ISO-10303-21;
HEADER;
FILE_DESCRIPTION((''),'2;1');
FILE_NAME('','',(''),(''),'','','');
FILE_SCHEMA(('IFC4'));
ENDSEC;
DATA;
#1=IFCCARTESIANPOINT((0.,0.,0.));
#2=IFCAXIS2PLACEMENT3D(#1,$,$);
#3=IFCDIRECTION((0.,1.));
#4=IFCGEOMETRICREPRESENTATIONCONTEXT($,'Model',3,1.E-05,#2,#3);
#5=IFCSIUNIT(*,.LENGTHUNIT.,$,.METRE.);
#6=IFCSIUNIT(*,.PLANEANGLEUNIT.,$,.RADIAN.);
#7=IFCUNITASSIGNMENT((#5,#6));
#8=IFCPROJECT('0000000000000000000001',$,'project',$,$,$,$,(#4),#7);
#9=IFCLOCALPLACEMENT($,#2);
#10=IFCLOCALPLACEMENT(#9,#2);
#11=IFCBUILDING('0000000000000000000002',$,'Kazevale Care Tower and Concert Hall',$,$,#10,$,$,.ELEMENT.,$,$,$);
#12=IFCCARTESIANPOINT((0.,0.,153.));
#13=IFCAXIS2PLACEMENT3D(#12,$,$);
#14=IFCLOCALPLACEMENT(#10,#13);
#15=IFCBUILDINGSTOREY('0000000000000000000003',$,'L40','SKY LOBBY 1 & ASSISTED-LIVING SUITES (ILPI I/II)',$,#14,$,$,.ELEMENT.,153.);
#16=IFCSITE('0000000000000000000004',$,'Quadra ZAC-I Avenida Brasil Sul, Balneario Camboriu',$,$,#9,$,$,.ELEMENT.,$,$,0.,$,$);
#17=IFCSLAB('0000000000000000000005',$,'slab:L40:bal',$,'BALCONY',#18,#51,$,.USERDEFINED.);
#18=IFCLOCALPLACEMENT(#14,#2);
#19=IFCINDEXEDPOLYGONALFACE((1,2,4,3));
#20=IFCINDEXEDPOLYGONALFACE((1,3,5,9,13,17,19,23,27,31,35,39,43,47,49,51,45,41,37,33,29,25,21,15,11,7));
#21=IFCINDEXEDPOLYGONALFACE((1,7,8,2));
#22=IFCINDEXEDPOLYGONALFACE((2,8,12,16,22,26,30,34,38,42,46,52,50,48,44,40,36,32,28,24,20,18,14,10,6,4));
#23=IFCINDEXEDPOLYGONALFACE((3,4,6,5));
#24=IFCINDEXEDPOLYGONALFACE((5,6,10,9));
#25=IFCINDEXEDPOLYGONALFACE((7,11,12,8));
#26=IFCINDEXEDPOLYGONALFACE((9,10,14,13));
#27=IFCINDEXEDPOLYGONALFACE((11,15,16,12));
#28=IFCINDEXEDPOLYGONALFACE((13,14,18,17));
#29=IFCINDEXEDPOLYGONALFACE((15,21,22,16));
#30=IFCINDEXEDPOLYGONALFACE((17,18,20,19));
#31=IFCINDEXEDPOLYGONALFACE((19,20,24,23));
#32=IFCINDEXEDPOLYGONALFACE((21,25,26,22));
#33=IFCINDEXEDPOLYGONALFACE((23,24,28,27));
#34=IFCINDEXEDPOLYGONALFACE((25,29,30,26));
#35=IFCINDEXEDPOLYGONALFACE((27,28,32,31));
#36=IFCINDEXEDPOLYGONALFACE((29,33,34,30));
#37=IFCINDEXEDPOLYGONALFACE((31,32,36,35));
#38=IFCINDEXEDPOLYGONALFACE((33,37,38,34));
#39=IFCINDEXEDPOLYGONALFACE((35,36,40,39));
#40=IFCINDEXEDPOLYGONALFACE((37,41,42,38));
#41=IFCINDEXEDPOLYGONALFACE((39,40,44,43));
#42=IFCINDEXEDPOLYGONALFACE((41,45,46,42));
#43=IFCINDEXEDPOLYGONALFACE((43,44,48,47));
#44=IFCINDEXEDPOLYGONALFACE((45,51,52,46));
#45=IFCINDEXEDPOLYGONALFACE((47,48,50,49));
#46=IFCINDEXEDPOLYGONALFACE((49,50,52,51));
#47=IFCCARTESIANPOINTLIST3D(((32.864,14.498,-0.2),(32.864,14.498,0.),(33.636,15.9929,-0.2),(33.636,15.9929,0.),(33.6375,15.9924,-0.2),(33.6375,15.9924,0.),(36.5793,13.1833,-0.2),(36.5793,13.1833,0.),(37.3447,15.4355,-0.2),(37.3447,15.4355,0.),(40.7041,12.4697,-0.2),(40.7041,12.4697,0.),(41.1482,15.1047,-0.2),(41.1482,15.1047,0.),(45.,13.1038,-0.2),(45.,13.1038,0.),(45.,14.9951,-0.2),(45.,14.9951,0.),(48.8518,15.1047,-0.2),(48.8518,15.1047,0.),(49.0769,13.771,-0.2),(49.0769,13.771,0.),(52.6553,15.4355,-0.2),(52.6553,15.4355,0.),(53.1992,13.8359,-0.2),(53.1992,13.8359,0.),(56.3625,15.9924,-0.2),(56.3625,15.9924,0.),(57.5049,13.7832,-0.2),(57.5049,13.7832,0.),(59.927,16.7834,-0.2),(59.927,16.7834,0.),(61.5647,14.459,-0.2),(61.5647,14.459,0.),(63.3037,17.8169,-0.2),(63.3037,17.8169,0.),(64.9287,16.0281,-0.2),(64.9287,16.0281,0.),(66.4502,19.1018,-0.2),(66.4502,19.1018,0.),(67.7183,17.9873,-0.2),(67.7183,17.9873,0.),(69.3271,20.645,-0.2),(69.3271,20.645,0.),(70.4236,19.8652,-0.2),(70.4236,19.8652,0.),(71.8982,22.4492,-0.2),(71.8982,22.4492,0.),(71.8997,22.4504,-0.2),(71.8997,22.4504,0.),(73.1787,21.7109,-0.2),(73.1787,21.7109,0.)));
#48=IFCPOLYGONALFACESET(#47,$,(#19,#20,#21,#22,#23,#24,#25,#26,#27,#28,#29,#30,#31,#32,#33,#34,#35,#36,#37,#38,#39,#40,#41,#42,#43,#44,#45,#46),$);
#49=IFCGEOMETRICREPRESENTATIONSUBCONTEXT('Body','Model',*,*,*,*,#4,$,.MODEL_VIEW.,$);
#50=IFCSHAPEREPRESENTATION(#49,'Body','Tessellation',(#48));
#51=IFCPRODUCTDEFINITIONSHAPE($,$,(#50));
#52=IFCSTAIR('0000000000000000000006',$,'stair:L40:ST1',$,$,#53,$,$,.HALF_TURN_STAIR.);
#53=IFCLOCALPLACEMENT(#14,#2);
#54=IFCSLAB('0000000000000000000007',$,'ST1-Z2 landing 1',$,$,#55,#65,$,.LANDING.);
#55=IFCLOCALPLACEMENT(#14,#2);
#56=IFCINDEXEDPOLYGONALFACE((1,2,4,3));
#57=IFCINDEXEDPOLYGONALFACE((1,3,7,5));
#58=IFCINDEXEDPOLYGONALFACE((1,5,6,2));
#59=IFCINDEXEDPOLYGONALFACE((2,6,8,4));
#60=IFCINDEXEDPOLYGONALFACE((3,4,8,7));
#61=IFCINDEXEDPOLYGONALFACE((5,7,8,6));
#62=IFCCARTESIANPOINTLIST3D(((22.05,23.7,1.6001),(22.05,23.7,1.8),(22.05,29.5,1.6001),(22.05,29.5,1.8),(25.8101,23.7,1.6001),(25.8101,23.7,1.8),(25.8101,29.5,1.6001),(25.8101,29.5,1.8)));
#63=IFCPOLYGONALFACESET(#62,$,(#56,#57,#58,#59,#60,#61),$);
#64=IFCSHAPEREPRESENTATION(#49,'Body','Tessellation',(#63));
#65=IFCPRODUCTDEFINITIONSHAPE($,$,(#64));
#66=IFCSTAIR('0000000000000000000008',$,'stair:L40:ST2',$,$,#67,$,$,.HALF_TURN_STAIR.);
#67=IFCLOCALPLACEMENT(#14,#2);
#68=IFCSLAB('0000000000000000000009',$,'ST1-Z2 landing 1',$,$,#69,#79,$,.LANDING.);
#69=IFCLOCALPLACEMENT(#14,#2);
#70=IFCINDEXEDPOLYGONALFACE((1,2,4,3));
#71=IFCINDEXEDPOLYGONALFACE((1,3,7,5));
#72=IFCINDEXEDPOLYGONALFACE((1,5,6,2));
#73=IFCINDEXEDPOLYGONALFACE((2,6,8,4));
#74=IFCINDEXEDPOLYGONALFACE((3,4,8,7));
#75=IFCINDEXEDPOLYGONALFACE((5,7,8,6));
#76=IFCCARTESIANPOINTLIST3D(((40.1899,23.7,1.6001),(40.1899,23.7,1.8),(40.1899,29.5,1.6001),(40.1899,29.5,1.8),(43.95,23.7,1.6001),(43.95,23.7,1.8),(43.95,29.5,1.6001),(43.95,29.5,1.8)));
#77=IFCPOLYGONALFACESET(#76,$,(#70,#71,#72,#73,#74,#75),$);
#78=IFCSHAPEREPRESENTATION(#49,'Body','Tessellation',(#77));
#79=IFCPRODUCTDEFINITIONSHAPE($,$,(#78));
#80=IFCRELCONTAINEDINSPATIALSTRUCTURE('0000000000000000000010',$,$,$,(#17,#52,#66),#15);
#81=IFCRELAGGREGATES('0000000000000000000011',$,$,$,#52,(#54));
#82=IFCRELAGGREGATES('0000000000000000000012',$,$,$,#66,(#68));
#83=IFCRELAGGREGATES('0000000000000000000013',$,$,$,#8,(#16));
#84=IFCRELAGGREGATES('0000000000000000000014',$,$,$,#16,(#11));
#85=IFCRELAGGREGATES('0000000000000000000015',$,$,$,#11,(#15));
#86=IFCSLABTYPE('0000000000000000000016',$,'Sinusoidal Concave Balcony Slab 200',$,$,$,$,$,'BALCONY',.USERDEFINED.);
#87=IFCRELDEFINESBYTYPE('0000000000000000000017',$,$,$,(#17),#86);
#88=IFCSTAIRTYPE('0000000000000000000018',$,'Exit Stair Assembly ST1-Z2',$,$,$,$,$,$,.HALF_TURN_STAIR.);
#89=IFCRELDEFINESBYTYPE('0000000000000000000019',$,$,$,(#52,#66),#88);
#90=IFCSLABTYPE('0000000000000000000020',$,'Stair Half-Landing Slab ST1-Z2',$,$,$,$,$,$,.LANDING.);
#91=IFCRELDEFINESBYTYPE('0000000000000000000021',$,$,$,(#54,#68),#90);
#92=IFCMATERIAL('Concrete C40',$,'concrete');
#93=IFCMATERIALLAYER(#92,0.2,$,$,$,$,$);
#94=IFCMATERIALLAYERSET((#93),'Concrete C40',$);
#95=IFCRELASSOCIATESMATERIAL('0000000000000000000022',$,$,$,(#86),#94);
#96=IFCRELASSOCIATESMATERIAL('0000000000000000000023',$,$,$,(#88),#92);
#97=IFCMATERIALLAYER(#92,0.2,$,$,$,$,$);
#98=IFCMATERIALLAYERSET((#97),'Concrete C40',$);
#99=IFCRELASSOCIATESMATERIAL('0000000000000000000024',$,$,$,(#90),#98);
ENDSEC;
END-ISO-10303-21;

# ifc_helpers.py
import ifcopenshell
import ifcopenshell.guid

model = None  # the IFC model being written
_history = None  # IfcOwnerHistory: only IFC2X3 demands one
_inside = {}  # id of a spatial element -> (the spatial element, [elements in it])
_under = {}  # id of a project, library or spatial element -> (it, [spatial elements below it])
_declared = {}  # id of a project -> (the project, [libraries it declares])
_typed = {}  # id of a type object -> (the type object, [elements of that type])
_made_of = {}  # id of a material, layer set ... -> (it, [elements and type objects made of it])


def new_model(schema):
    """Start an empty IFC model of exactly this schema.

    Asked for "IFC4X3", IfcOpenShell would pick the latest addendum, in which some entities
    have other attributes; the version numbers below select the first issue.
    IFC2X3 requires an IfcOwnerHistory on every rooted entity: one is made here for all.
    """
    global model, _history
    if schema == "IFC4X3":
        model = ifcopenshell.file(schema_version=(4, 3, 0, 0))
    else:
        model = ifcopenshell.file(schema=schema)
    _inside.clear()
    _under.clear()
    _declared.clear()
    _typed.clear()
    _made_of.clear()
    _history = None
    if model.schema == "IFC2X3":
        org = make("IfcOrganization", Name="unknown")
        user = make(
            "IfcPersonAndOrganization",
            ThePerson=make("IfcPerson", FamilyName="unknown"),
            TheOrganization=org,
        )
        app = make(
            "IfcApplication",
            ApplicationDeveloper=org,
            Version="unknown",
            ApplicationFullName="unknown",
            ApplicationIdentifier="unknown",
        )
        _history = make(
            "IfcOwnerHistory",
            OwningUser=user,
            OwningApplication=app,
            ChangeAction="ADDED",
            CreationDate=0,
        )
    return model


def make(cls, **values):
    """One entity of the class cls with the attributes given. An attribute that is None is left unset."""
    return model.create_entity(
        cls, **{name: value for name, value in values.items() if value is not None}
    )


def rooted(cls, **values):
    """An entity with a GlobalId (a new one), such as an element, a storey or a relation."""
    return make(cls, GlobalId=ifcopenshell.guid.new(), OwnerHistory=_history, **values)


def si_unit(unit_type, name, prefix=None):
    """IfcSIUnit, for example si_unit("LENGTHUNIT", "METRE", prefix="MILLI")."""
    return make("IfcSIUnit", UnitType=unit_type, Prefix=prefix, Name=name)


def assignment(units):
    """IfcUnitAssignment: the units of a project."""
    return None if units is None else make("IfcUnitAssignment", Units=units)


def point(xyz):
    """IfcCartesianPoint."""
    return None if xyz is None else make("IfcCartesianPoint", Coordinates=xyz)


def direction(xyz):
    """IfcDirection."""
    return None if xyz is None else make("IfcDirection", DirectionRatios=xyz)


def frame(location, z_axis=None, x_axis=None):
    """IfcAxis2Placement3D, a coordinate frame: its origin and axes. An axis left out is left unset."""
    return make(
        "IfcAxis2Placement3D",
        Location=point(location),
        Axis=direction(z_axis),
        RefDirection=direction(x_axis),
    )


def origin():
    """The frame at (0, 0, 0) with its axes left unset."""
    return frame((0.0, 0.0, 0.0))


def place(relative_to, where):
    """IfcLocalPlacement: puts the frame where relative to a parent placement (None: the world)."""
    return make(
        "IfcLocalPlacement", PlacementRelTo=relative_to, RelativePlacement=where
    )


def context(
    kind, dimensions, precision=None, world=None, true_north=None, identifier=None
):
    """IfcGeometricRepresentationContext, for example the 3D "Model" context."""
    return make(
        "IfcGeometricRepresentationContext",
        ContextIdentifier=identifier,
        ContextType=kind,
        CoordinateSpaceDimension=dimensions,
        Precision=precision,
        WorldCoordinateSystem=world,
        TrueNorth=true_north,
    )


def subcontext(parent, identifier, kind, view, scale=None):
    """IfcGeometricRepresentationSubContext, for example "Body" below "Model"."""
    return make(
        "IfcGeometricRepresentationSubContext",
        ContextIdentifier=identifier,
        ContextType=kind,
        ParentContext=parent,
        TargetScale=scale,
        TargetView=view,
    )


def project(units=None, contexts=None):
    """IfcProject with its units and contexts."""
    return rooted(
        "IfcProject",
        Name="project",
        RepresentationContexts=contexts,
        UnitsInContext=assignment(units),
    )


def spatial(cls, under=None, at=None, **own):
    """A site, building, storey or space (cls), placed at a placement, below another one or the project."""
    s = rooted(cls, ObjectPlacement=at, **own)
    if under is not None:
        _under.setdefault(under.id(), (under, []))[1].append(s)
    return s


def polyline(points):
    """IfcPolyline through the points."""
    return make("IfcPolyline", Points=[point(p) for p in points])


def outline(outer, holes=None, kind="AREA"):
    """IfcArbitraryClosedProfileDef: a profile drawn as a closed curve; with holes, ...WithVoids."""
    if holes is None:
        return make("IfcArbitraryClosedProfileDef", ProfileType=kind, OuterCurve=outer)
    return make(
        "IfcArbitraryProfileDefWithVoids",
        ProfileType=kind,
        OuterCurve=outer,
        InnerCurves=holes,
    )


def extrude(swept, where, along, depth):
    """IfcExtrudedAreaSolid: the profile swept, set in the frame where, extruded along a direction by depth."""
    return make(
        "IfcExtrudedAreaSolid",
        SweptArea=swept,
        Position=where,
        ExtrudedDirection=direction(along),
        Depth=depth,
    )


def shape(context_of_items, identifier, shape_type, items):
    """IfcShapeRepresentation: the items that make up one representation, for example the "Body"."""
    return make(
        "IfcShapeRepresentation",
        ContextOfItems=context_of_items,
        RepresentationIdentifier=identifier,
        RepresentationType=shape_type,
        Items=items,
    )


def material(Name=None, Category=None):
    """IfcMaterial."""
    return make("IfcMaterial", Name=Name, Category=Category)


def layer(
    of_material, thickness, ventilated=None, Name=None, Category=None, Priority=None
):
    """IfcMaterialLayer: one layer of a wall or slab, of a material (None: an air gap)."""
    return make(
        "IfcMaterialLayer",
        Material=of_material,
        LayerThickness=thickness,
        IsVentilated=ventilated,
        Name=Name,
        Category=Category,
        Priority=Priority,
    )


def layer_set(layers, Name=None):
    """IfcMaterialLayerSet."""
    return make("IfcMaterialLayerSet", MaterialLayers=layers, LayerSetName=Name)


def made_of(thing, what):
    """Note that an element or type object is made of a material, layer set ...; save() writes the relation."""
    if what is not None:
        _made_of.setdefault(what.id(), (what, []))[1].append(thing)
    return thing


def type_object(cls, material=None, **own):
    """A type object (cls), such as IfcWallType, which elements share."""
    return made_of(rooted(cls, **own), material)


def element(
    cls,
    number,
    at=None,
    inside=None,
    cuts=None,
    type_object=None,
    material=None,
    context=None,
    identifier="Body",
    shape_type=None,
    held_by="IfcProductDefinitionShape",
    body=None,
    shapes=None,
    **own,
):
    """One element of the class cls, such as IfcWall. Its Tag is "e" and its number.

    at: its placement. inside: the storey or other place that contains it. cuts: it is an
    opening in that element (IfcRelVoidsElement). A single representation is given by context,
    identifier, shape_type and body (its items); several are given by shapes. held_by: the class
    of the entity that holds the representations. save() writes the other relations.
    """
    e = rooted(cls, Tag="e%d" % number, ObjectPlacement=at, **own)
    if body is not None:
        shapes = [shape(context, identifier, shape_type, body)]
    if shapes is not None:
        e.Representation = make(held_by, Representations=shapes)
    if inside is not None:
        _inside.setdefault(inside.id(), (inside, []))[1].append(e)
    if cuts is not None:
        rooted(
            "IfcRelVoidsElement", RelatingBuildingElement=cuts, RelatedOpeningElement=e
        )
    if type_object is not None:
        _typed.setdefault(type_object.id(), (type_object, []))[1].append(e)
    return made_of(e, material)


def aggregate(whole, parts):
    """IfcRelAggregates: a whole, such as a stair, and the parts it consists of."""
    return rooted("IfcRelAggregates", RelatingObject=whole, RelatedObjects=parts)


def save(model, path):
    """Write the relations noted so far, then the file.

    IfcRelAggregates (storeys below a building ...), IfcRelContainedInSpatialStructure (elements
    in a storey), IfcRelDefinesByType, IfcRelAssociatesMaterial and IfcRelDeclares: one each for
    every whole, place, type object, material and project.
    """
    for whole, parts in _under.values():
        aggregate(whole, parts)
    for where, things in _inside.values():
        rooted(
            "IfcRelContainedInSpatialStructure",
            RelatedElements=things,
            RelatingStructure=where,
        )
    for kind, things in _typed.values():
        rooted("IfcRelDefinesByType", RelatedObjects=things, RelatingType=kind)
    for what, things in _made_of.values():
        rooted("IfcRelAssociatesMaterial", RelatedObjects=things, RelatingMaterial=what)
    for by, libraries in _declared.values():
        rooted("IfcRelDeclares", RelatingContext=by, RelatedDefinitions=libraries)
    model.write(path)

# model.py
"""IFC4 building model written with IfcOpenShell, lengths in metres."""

from ifc_helpers import new_model, si_unit, direction, frame, origin, place, context, subcontext, project, spatial, polyline, outline, extrude, material, layer, layer_set, type_object, element, aggregate, save


model = new_model("IFC4")

# Units and contexts
model_context = context("Model", 3, precision=1e-05, world=origin(), true_north=direction((0.0, 1.0)))
body_context = subcontext(model_context, "Body", "Model", "MODEL_VIEW")
ifc_project = project(units=[si_unit("LENGTHUNIT", "METRE"), si_unit("PLANEANGLEUNIT", "RADIAN")], contexts=[model_context])

# Site, building, storey
site_placement = place(None, origin())
site = spatial("IfcSite", under=ifc_project, at=site_placement, Name="Quadra ZAC-I Avenida Brasil Sul, Balneario Camboriu", CompositionType="ELEMENT", RefElevation=0.0)
building_placement = place(site_placement, origin())
building = spatial("IfcBuilding", under=site, at=building_placement, Name="Kazevale Care Tower and Concert Hall", CompositionType="ELEMENT")
storey_placement = place(building_placement, frame((0.0, 0.0, 153.0)))
storey = spatial("IfcBuildingStorey", under=building, at=storey_placement, Name="L40", Description="SKY LOBBY 1 & ASSISTED-LIVING SUITES (ILPI I/II)", CompositionType="ELEMENT", Elevation=153.0)

# Slab
ifc_material_1 = material(Name="Concrete C40", Category="concrete")
ifc_layer_1 = layer(ifc_material_1, 0.2)
ifc_layer_set_1 = layer_set([ifc_layer_1], Name="Concrete C40")
slab_type_1 = type_object("IfcSlabType", Name="Sinusoidal Concave Balcony Slab 200", ElementType="BALCONY", PredefinedType="USERDEFINED", material=ifc_layer_set_1)
slab_1_placement = place(storey_placement, frame((0.0, 0.0, -0.2)))
element("IfcSlab", 1, at=slab_1_placement, inside=storey, type_object=slab_type_1, Name="slab:L40:bal", ObjectType="BALCONY", PredefinedType="USERDEFINED", context=body_context, shape_type="SweptSolid", body=[
    extrude(outline(polyline([(73.1787, 21.7109), (70.4236, 19.8652), (67.7183, 17.9873), (64.9287, 16.0281), (61.5647, 14.459), (57.5049, 13.7832), (53.1992, 13.8359), (49.0769, 13.771), (45.0, 13.1038), (40.7041, 12.4697), (36.5793, 13.1833), (32.864, 14.498), (33.636, 15.9929), (33.6375, 15.9924), (37.3447, 15.4355), (41.1482, 15.1047), (45.0, 14.9951), (48.8518, 15.1047), (52.6553, 15.4355), (56.3625, 15.9924), (59.927, 16.7834), (63.3037, 17.8169), (66.4502, 19.1018), (69.3271, 20.645), (71.8982, 22.4492), (71.8997, 22.4504), (73.1787, 21.7109)])), origin(), (0.0, 0.0, 1.0), 0.2),
])

# Stairs, slabs
stair_type = type_object("IfcStairType", Name="Exit Stair Assembly ST1-Z2", PredefinedType="HALF_TURN_STAIR", material=ifc_material_1)
stair_1_placement = place(storey_placement, origin())
stair_1 = element("IfcStair", 2, at=stair_1_placement, inside=storey, type_object=stair_type, Name="stair:L40:ST1", PredefinedType="HALF_TURN_STAIR")
ifc_layer_2 = layer(ifc_material_1, 0.2)
ifc_layer_set_2 = layer_set([ifc_layer_2], Name="Concrete C40")
slab_type_2 = type_object("IfcSlabType", Name="Stair Half-Landing Slab ST1-Z2", PredefinedType="LANDING", material=ifc_layer_set_2)
slab_2_placement = place(storey_placement, frame((0.0, 0.0, 1.6001)))
slab_2 = element("IfcSlab", 3, at=slab_2_placement, type_object=slab_type_2, Name="ST1-Z2 landing 1", PredefinedType="LANDING", context=body_context, shape_type="SweptSolid", body=[
    extrude(outline(polyline([(22.05, 23.7), (25.8101, 23.7), (25.8101, 29.5), (22.05, 29.5), (22.05, 23.7)])), origin(), (0.0, 0.0, 1.0), 0.2),
])
aggregate(stair_1, [slab_2])
stair_2_placement = place(storey_placement, origin())
stair_2 = element("IfcStair", 4, at=stair_2_placement, inside=storey, type_object=stair_type, Name="stair:L40:ST2", PredefinedType="HALF_TURN_STAIR")
slab_3_placement = place(storey_placement, frame((0.0, 0.0, 1.6001)))
slab_3 = element("IfcSlab", 5, at=slab_3_placement, type_object=slab_type_2, Name="ST1-Z2 landing 1", PredefinedType="LANDING", context=body_context, shape_type="SweptSolid", body=[
    extrude(outline(polyline([(40.1899, 23.7), (43.95, 23.7), (43.95, 29.5), (40.1899, 29.5), (40.1899, 23.7)])), origin(), (0.0, 0.0, 1.0), 0.2),
])
aggregate(stair_2, [slab_3])

save(model, "model.ifc")
